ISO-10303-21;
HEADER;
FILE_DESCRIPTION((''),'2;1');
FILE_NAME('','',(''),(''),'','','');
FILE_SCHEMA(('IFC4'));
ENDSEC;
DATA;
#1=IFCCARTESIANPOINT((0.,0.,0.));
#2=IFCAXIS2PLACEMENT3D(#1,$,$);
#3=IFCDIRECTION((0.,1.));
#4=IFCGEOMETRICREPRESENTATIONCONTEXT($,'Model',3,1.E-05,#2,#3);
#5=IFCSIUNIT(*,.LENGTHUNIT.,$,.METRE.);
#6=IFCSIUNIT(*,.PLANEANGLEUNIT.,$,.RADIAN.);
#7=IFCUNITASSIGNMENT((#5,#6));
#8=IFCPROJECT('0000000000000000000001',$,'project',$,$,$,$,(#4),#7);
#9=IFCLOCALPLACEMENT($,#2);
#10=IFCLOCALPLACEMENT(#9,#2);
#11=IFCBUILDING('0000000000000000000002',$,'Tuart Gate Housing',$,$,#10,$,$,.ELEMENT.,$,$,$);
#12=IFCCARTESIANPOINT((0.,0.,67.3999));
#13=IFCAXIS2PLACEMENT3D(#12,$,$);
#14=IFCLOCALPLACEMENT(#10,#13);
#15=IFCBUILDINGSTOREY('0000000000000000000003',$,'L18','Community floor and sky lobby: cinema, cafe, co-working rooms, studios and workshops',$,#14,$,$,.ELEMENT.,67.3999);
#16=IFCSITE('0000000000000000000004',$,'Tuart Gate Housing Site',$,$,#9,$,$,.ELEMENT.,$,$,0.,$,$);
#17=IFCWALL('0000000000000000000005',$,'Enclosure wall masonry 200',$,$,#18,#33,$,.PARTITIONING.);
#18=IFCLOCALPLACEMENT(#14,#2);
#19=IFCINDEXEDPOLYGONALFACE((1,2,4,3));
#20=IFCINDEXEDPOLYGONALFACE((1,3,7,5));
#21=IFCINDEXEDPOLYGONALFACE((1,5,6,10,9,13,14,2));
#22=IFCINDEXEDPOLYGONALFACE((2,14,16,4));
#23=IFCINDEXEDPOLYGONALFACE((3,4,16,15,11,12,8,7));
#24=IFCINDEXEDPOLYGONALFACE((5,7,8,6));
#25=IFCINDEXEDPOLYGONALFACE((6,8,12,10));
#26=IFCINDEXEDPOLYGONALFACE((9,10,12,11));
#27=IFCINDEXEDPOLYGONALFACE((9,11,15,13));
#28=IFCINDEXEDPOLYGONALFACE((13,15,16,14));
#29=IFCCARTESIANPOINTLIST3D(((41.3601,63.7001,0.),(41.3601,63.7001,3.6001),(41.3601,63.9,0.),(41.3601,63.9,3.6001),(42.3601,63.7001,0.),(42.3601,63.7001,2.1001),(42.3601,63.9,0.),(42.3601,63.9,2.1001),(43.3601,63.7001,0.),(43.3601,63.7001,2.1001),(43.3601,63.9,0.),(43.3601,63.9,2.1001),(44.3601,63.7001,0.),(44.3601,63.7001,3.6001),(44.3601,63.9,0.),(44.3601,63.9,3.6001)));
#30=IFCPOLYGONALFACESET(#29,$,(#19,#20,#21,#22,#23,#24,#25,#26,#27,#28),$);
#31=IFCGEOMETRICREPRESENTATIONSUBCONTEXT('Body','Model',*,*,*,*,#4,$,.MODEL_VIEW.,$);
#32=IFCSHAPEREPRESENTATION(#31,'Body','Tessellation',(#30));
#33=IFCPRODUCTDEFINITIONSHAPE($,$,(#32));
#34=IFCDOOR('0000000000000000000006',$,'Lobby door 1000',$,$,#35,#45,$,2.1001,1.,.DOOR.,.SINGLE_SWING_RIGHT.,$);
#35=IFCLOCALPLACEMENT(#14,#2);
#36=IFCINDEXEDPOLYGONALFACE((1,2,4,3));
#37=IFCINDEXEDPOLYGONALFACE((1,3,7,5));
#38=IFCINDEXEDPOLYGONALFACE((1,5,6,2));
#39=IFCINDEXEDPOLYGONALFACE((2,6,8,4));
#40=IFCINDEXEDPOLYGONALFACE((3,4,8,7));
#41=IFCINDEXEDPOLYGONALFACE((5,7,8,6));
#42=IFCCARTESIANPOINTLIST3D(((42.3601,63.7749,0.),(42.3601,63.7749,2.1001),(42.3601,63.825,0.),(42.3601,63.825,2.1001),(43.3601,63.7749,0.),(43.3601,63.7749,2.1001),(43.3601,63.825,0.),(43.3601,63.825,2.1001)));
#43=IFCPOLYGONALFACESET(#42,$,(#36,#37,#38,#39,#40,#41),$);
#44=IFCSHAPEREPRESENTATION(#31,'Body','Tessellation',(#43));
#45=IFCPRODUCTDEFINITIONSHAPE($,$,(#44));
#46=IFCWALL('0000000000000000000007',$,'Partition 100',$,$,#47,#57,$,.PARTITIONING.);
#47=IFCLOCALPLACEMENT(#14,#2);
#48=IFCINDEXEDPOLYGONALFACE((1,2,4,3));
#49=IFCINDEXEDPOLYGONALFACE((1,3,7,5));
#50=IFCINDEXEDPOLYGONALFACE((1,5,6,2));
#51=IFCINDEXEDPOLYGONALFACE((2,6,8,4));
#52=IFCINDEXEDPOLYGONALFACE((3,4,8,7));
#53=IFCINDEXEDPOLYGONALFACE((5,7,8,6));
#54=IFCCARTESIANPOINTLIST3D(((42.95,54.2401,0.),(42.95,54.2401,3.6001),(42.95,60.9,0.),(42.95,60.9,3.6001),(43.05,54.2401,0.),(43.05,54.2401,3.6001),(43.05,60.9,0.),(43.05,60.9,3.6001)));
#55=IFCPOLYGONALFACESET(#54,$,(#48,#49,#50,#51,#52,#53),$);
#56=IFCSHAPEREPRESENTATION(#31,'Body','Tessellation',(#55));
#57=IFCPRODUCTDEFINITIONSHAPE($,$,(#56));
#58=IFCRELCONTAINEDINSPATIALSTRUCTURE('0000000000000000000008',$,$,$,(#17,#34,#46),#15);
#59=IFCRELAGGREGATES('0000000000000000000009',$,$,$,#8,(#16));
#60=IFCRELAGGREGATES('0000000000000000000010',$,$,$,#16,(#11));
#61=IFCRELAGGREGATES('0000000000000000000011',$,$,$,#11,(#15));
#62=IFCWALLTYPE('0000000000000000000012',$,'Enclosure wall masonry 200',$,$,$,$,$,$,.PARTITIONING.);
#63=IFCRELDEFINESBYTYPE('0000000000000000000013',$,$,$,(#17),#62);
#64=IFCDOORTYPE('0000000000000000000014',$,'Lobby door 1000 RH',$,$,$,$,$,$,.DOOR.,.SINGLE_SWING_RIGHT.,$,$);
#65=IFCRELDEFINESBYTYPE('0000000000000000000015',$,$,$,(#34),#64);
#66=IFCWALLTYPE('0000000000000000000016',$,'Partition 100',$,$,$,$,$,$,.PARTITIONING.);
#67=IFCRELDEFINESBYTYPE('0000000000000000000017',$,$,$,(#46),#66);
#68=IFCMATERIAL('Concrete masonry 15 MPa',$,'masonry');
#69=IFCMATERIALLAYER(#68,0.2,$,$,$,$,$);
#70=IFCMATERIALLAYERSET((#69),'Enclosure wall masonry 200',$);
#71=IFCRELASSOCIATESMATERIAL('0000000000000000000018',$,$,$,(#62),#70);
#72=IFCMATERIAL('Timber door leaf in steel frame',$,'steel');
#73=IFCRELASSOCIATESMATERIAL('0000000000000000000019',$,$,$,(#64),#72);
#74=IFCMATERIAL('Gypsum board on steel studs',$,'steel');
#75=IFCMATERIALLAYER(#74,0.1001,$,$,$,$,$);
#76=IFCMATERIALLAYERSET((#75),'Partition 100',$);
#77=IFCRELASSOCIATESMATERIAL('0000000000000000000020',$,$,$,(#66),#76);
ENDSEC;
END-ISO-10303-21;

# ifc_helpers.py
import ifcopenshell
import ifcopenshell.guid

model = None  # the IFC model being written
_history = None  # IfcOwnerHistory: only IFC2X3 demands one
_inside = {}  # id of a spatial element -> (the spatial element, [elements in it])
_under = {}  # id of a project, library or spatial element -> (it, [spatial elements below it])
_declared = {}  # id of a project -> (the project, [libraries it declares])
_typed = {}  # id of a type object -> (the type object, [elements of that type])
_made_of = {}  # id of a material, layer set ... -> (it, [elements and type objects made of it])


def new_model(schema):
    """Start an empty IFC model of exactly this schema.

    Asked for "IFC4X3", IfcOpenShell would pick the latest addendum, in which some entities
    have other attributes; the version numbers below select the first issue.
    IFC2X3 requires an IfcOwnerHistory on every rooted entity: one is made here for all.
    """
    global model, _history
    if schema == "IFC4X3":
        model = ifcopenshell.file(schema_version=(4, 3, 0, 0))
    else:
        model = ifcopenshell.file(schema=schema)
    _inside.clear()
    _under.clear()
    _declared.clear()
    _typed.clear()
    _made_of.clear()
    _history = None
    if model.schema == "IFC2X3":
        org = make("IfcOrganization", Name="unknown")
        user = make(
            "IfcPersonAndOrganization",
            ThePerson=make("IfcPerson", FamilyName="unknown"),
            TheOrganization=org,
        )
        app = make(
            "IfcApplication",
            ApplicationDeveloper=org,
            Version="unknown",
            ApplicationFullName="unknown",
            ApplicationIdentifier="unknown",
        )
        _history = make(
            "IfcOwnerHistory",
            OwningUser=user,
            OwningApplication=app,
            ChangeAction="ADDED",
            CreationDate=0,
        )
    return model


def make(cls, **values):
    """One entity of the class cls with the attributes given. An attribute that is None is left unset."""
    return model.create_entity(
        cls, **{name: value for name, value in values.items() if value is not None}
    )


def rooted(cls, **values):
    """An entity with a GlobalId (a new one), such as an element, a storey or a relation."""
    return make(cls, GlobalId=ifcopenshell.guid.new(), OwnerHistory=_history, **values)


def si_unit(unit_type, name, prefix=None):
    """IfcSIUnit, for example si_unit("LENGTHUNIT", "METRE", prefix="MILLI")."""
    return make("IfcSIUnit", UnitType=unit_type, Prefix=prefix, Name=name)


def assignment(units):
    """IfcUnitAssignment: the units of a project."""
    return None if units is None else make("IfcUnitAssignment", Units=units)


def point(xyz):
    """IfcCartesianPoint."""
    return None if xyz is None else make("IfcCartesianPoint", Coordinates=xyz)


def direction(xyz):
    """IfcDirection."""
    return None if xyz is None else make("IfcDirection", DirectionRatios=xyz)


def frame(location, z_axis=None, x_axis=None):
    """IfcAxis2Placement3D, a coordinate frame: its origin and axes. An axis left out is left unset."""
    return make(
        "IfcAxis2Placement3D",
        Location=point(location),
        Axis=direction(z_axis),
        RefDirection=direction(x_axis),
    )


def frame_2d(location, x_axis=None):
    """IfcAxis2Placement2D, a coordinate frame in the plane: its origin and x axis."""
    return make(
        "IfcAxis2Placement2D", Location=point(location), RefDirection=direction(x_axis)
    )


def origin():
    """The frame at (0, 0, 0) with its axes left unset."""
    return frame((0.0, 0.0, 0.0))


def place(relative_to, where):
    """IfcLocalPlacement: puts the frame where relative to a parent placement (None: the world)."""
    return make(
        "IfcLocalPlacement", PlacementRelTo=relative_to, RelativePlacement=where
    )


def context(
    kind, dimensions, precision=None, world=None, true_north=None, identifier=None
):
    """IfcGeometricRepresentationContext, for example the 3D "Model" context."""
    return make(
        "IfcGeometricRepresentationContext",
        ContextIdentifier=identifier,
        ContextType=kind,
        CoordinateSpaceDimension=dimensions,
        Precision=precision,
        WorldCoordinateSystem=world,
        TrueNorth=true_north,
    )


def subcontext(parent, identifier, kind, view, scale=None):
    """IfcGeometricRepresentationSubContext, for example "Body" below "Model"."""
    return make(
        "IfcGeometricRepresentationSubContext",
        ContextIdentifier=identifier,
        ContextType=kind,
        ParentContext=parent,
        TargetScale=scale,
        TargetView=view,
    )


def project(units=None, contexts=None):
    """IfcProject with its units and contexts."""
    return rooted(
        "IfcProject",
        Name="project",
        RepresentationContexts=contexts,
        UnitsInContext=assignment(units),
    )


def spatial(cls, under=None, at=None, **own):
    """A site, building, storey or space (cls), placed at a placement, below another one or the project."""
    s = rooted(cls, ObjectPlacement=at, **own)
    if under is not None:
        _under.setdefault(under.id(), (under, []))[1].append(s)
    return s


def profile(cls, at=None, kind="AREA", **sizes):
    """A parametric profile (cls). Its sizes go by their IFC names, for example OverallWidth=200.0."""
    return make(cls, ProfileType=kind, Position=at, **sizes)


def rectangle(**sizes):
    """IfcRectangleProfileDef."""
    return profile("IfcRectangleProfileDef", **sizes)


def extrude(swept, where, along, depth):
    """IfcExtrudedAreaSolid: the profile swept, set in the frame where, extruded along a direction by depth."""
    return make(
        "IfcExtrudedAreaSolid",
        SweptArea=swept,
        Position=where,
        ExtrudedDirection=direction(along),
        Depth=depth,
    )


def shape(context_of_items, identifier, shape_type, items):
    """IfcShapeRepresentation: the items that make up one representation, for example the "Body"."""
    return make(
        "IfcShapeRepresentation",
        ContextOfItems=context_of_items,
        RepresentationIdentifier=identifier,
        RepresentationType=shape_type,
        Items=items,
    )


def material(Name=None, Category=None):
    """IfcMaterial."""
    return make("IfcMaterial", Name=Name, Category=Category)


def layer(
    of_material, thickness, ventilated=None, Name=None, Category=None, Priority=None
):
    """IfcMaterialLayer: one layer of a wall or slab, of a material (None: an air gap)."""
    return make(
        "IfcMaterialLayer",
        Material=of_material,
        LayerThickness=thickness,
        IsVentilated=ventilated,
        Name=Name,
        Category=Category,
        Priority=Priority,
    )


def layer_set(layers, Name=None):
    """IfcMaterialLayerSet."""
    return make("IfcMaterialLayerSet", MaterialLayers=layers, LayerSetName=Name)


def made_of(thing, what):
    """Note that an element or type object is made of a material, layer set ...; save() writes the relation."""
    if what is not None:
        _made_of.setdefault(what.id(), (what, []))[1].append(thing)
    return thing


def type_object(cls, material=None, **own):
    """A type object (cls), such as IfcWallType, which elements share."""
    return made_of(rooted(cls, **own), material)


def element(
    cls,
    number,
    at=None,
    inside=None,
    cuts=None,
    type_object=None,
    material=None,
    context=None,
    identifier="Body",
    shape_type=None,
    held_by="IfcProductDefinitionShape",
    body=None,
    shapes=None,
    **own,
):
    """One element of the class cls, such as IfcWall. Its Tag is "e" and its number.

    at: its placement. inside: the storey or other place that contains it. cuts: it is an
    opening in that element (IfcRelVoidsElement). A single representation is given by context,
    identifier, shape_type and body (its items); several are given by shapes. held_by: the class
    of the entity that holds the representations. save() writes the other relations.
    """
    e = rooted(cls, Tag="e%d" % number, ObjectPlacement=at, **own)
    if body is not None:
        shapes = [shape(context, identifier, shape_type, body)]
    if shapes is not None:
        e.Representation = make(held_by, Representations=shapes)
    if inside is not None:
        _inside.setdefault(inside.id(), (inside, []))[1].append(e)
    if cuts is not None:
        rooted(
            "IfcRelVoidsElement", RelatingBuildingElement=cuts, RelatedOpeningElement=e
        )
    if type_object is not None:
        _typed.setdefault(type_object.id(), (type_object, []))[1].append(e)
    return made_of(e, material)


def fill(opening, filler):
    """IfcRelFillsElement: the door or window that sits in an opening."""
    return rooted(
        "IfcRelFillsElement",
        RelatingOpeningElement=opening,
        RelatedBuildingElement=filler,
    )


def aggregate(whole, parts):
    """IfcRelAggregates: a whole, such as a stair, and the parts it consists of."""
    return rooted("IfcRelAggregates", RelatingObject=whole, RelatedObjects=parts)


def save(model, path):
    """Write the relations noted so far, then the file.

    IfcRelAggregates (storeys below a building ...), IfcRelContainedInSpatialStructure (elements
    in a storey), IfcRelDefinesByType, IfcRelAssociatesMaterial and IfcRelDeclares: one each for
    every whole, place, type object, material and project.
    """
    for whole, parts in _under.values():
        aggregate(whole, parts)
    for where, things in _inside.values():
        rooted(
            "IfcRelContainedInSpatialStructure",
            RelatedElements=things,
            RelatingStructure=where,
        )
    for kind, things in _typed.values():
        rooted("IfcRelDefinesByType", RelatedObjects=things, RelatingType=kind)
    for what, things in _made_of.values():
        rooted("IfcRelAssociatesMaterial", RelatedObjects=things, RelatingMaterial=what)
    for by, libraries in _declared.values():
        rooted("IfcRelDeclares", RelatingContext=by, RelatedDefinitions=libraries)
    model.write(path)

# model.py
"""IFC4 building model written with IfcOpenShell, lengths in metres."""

from ifc_helpers import new_model, si_unit, direction, frame, frame_2d, origin, place, context, subcontext, project, spatial, rectangle, extrude, material, layer, layer_set, type_object, element, fill, save


model = new_model("IFC4")

# Units and contexts
model_context = context("Model", 3, precision=1e-05, world=origin(), true_north=direction((0.0, 1.0)))
body_context = subcontext(model_context, "Body", "Model", "MODEL_VIEW")
ifc_project = project(units=[si_unit("LENGTHUNIT", "METRE"), si_unit("PLANEANGLEUNIT", "RADIAN")], contexts=[model_context])

# Site, building, storey
site_placement = place(None, origin())
site = spatial("IfcSite", under=ifc_project, at=site_placement, Name="Tuart Gate Housing Site", CompositionType="ELEMENT", RefElevation=0.0)
building_placement = place(site_placement, origin())
building = spatial("IfcBuilding", under=site, at=building_placement, Name="Tuart Gate Housing", CompositionType="ELEMENT")
storey_placement = place(building_placement, frame((0.0, 0.0, 67.3999)))
storey = spatial("IfcBuildingStorey", under=building, at=storey_placement, Name="L18", Description="Community floor and sky lobby: cinema, cafe, co-working rooms, studios and workshops", CompositionType="ELEMENT", Elevation=67.3999)

# Wall, opening, door
ifc_material_1 = material(Name="Concrete masonry 15 MPa", Category="masonry")
ifc_layer_1 = layer(ifc_material_1, 0.2)
ifc_layer_set_1 = layer_set([ifc_layer_1], Name="Enclosure wall masonry 200")
wall_type_1 = type_object("IfcWallType", Name="Enclosure wall masonry 200", PredefinedType="PARTITIONING", material=ifc_layer_set_1)
wall_1_placement = place(storey_placement, frame((41.3601, 63.8, 0.0), z_axis=(0.0, 0.0, 1.0), x_axis=(1.0, 0.0, 0.0)))
wall_1 = element("IfcWall", 1, at=wall_1_placement, inside=storey, type_object=wall_type_1, Name="Enclosure wall masonry 200", PredefinedType="PARTITIONING", context=body_context, shape_type="SweptSolid", body=[
    extrude(rectangle(XDim=3.0, YDim=0.2, at=frame_2d((1.5, 0.0))), origin(), (0.0, 0.0, 1.0), 3.6001),
])
opening_1_placement = place(wall_1_placement, frame((1.0, 0.0, 0.0)))
opening_1 = element("IfcOpeningElement", 2, at=opening_1_placement, cuts=wall_1, PredefinedType="OPENING", context=body_context, shape_type="SweptSolid", body=[
    extrude(rectangle(XDim=1.0, YDim=2.1001, at=frame_2d((0.5, 1.05))), frame((0.0, 0.1099, 0.0), z_axis=(0.0, -1.0, 0.0), x_axis=(1.0, 0.0, 0.0)), (0.0, 0.0, 1.0), 0.22),
])
ifc_material_2 = material(Name="Timber door leaf in steel frame", Category="steel")
door_type_1 = type_object("IfcDoorType", Name="Lobby door 1000 RH", OperationType="SINGLE_SWING_RIGHT", PredefinedType="DOOR", material=ifc_material_2)
door_1_placement = place(opening_1_placement, origin())
door_1 = element("IfcDoor", 3, at=door_1_placement, inside=storey, type_object=door_type_1, Name="Lobby door 1000", OperationType="SINGLE_SWING_RIGHT", OverallHeight=2.1001, OverallWidth=1.0, PredefinedType="DOOR", context=body_context, shape_type="SweptSolid", body=[
    extrude(rectangle(XDim=1.0, YDim=2.1001, at=frame_2d((0.5, 1.05))), frame((0.0, 0.0249, 0.0), z_axis=(0.0, -1.0, 0.0), x_axis=(1.0, 0.0, 0.0)), (0.0, 0.0, 1.0), 0.05),
])
fill(opening_1, door_1)

# Wall
ifc_material_3 = material(Name="Gypsum board on steel studs", Category="steel")
ifc_layer_2 = layer(ifc_material_3, 0.1001)
ifc_layer_set_2 = layer_set([ifc_layer_2], Name="Partition 100")
wall_type_2 = type_object("IfcWallType", Name="Partition 100", PredefinedType="PARTITIONING", material=ifc_layer_set_2)
wall_2_placement = place(storey_placement, frame((43.0, 54.24, 0.0), z_axis=(0.0, 0.0, 1.0), x_axis=(0.0, 1.0, 0.0)))
element("IfcWall", 4, at=wall_2_placement, inside=storey, type_object=wall_type_2, Name="Partition 100", PredefinedType="PARTITIONING", context=body_context, shape_type="SweptSolid", body=[
    extrude(rectangle(XDim=6.6599, YDim=0.1001, at=frame_2d((3.3301, 0.0))), origin(), (0.0, 0.0, 1.0), 3.6001),
])

save(model, "model.ifc")
